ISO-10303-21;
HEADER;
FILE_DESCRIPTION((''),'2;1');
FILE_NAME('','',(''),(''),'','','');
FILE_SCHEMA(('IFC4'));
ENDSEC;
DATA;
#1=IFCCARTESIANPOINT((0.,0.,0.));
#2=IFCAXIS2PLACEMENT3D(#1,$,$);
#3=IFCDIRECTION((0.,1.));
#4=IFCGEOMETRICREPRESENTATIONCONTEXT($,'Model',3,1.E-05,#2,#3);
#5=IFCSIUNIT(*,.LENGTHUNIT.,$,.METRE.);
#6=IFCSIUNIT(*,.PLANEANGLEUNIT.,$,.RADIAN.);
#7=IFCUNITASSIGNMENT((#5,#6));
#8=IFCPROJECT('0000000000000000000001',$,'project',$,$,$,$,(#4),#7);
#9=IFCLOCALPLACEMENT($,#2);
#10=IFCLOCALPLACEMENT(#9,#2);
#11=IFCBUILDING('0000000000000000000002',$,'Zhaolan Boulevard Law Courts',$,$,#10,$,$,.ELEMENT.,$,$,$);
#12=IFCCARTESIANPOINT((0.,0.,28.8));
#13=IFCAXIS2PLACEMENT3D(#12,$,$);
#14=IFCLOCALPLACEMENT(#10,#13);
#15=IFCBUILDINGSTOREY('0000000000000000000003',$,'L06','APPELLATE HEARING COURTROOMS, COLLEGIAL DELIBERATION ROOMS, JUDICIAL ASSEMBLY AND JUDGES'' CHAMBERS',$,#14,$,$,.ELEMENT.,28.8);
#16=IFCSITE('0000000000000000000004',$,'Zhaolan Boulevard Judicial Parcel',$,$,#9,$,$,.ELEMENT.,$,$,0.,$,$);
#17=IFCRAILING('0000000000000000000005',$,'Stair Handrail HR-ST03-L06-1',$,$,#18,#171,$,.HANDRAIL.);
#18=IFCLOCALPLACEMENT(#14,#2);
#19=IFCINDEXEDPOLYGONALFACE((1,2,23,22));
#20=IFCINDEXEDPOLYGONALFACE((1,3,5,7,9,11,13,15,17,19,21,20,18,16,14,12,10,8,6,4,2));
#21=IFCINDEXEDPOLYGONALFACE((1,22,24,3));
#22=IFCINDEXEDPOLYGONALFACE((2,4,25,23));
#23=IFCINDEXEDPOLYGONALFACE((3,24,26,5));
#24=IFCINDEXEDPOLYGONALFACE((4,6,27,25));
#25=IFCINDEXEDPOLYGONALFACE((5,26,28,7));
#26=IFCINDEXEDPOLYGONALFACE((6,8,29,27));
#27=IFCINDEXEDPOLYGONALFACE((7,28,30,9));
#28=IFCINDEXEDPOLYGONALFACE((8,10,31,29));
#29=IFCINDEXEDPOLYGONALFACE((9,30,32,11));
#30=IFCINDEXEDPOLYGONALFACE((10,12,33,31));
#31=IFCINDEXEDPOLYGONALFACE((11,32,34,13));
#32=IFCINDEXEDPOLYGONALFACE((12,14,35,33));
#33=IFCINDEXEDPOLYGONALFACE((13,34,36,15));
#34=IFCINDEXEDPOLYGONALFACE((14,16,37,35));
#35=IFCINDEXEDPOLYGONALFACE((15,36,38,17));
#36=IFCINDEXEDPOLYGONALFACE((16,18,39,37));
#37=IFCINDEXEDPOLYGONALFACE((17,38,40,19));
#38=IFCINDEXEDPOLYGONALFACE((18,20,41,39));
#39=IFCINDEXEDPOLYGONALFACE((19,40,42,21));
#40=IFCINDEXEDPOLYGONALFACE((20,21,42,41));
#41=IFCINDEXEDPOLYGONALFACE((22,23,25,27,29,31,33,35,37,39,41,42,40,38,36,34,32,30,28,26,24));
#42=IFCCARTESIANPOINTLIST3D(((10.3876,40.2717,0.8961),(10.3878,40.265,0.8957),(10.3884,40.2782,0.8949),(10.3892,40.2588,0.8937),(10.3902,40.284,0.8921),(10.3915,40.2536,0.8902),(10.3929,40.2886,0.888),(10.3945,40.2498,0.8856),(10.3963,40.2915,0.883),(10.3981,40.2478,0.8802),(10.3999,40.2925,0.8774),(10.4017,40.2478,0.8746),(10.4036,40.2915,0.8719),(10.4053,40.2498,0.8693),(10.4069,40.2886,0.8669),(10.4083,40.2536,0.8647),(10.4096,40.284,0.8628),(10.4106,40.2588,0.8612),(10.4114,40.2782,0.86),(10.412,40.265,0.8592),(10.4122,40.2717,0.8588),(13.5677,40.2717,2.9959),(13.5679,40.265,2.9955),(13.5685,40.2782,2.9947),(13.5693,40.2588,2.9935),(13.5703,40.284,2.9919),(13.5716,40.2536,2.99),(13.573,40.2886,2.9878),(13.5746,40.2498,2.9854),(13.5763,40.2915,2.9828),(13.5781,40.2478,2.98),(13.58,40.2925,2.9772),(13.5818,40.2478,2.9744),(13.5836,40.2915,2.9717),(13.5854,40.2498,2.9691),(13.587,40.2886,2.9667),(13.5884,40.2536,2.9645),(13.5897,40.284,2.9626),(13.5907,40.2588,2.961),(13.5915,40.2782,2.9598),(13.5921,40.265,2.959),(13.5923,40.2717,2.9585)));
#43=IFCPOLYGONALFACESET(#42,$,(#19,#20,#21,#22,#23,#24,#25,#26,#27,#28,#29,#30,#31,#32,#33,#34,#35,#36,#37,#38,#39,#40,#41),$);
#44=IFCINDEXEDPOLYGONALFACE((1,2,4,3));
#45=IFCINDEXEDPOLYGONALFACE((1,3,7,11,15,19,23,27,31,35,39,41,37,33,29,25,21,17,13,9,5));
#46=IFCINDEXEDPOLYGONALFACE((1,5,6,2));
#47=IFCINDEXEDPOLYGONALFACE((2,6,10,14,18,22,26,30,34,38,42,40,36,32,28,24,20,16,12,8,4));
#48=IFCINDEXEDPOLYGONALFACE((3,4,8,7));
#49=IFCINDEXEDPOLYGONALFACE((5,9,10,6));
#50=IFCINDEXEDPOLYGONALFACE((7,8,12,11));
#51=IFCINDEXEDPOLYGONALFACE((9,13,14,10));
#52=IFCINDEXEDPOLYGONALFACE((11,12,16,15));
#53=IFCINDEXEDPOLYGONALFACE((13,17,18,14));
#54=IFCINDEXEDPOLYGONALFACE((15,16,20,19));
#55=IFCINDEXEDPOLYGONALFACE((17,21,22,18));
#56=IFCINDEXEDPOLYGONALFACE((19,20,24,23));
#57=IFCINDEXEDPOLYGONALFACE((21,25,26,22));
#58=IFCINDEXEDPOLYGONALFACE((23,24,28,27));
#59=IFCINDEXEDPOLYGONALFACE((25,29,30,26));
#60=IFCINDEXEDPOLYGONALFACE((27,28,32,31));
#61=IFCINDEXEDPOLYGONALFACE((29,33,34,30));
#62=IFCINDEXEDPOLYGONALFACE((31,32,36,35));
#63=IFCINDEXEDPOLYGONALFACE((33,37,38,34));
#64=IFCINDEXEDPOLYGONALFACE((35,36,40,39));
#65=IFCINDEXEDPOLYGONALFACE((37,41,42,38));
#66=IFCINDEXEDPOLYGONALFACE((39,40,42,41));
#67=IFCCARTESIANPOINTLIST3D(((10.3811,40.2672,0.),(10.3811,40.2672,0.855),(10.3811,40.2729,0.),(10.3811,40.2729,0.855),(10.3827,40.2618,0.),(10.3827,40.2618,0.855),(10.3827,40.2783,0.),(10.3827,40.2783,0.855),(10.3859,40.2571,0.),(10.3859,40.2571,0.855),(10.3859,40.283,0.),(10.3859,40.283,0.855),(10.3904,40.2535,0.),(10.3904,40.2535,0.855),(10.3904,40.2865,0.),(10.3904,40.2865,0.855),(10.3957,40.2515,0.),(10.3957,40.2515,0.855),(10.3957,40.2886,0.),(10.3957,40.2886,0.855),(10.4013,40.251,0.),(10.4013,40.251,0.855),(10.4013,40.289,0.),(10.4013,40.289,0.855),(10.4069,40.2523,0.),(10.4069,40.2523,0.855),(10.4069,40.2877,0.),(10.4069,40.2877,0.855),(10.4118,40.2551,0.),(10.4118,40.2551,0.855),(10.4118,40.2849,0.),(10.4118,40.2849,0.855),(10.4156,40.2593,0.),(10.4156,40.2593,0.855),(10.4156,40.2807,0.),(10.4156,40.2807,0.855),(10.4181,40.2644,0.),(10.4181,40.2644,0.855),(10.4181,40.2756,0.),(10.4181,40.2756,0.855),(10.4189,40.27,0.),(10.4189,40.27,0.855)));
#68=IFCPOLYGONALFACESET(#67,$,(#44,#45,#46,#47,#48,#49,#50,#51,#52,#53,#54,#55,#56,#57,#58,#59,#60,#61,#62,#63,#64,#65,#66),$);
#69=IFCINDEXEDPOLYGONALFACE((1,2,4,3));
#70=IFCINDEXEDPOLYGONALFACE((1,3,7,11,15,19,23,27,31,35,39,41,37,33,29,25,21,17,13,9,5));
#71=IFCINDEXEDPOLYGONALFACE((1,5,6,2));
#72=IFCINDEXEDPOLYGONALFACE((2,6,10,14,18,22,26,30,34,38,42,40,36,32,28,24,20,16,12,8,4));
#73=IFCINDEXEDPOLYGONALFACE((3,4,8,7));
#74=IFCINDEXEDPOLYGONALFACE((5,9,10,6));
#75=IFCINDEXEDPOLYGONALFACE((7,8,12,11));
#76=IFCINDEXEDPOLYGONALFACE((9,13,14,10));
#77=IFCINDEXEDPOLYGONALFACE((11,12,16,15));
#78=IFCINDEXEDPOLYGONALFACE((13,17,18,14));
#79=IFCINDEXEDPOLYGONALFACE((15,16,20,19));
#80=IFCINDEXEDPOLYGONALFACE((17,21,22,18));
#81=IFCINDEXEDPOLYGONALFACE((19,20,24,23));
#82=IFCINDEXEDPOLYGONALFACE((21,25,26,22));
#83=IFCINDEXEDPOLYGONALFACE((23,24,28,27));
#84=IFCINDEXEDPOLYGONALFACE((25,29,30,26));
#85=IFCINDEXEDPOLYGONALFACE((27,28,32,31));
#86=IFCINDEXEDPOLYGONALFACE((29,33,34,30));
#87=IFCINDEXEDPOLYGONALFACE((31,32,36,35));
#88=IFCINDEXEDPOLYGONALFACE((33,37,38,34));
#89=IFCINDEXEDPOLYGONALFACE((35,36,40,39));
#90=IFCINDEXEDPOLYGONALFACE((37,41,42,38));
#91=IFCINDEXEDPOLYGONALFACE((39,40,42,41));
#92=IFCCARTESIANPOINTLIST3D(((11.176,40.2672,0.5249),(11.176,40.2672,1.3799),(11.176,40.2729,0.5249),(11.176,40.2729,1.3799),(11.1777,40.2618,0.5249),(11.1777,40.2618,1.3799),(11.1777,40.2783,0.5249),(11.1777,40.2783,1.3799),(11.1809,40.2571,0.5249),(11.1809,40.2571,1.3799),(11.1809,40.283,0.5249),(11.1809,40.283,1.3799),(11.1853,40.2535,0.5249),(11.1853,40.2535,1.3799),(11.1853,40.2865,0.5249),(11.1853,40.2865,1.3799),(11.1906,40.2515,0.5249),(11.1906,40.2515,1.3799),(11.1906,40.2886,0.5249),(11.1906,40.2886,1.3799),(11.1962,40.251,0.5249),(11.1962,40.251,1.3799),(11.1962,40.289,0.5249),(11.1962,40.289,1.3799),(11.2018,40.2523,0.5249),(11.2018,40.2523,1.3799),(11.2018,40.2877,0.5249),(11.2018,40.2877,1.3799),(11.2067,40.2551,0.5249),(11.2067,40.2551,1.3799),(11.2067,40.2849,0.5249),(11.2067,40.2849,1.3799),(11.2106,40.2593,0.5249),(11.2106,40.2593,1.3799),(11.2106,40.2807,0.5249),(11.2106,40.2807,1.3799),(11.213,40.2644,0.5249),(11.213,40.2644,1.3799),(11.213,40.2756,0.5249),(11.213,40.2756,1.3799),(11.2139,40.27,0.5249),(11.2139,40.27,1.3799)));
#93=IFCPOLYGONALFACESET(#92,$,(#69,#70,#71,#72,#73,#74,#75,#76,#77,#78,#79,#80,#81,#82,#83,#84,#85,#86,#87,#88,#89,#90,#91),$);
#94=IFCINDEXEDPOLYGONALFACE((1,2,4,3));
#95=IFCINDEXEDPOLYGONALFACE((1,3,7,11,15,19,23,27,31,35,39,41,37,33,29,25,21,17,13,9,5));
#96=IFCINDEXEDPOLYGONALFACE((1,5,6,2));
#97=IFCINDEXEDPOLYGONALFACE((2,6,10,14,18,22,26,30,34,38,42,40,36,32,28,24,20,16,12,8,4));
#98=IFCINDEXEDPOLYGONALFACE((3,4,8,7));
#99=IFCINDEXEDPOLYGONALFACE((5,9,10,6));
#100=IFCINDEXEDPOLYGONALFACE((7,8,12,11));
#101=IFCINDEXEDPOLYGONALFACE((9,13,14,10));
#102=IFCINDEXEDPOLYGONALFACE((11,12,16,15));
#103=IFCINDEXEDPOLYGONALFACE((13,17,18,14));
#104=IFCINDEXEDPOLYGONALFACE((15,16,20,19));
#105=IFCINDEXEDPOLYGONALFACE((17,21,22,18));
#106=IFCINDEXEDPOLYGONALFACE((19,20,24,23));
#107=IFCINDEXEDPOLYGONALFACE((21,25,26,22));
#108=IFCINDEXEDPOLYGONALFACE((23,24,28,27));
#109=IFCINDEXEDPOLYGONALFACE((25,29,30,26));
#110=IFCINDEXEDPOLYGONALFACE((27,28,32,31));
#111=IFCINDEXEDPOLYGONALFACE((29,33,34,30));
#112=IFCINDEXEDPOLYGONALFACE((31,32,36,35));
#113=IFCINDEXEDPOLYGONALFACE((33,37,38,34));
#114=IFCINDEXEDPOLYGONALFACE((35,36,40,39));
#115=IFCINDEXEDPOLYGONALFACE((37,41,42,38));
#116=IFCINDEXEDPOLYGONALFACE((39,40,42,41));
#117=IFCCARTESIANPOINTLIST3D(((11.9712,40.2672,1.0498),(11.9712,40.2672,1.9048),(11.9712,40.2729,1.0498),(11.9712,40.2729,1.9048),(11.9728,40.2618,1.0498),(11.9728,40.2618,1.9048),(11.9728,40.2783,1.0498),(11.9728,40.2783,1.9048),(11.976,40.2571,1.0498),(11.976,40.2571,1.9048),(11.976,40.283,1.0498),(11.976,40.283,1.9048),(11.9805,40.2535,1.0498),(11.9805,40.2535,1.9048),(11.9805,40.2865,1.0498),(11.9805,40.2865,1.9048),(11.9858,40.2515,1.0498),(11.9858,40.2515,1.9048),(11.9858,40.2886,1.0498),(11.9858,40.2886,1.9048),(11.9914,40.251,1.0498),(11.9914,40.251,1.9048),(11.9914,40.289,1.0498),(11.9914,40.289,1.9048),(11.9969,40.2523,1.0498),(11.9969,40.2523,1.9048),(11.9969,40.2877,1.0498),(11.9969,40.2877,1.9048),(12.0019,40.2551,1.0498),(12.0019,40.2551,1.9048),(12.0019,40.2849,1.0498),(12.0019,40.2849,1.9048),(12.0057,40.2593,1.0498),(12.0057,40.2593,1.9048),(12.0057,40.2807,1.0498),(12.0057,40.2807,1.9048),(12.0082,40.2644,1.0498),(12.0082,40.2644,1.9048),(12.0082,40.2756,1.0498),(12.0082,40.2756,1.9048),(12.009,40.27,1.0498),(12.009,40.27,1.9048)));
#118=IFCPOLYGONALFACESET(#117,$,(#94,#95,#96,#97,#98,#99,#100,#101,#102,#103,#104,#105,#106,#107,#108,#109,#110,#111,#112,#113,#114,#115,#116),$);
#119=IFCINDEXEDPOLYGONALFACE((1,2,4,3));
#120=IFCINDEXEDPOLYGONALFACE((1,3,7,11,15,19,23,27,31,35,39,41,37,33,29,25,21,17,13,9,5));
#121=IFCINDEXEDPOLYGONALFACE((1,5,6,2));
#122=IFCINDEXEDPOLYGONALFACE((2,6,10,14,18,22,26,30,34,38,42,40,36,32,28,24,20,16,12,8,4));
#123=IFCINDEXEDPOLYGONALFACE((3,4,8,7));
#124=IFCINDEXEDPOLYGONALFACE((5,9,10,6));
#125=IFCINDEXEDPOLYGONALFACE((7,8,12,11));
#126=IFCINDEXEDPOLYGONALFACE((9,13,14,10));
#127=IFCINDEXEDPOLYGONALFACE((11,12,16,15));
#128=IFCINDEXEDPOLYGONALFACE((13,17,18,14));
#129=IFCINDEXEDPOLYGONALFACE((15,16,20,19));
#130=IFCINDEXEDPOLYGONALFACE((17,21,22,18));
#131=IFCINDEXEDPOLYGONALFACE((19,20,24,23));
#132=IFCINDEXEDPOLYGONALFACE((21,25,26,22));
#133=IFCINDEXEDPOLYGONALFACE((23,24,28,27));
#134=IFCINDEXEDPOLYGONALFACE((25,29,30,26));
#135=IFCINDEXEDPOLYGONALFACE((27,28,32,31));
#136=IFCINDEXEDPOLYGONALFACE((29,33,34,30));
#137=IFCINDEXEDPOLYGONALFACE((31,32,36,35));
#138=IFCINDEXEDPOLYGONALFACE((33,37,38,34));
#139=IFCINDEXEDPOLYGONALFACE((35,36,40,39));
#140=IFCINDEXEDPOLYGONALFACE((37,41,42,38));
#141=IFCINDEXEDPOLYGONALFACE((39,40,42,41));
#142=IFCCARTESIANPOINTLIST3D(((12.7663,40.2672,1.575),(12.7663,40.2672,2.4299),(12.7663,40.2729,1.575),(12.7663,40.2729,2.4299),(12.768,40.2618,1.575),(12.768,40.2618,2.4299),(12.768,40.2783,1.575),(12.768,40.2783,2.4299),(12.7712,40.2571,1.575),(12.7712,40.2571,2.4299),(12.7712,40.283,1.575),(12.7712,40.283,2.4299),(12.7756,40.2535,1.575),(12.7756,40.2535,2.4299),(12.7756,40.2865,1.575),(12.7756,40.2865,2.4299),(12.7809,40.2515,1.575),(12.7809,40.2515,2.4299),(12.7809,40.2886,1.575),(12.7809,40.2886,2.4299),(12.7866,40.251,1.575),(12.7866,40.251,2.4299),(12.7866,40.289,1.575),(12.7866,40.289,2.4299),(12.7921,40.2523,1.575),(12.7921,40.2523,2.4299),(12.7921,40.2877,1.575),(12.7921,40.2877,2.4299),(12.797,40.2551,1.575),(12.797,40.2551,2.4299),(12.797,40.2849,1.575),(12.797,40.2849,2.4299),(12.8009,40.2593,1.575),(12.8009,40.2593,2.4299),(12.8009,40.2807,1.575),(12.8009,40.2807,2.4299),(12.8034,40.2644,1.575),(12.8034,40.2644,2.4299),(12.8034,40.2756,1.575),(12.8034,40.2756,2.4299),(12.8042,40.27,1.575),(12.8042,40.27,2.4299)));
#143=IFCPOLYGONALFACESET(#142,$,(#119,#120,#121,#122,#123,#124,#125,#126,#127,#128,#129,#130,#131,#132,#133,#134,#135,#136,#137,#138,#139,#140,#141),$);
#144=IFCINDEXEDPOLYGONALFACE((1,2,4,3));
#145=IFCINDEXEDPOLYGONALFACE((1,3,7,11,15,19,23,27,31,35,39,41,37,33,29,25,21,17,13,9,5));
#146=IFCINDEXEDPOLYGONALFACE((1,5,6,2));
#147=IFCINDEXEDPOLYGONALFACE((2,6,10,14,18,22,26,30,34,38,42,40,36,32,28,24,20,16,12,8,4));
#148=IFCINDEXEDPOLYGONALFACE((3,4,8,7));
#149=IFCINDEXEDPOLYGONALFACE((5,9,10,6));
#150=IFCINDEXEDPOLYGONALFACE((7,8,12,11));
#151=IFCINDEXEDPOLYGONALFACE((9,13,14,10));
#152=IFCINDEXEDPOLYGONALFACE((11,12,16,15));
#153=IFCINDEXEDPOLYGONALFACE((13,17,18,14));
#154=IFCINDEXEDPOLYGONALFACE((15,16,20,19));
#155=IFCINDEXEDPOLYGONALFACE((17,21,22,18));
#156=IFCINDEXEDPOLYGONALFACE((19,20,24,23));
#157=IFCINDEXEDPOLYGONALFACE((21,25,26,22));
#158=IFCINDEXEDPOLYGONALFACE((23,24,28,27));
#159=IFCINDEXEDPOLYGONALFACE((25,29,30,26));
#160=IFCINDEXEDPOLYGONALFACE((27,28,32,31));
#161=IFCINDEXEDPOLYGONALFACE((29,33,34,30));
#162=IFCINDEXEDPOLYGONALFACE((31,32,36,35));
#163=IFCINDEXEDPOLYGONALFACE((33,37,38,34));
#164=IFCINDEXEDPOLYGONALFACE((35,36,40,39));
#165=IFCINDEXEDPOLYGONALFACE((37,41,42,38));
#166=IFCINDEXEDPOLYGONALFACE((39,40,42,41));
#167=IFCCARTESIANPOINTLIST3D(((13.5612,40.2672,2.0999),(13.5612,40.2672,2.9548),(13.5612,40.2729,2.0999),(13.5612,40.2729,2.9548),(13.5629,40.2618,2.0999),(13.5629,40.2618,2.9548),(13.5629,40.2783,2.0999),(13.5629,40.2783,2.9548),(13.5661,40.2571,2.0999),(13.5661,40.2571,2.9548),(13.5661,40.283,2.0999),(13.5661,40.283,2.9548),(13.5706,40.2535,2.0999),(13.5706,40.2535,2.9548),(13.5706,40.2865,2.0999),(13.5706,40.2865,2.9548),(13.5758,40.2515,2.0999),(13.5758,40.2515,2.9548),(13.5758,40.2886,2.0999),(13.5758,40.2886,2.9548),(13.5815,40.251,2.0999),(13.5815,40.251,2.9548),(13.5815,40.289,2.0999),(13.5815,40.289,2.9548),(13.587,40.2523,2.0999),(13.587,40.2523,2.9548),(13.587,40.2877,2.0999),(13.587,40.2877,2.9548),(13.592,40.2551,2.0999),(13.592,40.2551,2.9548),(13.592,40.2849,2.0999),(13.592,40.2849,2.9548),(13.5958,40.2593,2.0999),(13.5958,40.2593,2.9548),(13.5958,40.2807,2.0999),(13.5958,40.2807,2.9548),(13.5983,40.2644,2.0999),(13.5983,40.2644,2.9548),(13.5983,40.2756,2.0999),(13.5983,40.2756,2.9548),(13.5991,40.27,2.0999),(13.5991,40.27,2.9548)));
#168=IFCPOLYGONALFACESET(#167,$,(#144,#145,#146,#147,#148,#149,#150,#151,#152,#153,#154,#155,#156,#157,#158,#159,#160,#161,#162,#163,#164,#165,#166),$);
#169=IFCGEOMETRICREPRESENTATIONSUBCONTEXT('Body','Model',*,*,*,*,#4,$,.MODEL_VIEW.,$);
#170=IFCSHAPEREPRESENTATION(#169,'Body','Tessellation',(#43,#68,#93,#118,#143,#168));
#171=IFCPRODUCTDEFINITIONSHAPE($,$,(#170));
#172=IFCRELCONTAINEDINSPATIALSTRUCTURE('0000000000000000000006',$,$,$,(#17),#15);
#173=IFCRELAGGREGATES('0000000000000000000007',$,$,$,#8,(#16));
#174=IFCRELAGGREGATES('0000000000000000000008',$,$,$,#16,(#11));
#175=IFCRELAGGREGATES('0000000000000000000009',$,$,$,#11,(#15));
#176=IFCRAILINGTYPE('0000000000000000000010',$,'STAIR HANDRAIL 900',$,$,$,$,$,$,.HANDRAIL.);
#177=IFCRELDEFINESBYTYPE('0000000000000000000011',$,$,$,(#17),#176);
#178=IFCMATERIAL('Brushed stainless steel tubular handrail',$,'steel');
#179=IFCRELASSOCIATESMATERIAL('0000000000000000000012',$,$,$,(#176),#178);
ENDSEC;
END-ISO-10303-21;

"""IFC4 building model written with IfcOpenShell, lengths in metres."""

from ifc_helpers import new_model, si_unit, direction, frame, origin, origin_2d, place, context, subcontext, project, spatial, circle, extrude, material, type_object, element, save


model = new_model("IFC4")

# Units and contexts
model_context = context("Model", 3, precision=1e-05, world=origin(), true_north=direction((0.0, 1.0)))
body_context = subcontext(model_context, "Body", "Model", "MODEL_VIEW")
ifc_project = project(units=[si_unit("LENGTHUNIT", "METRE"), si_unit("PLANEANGLEUNIT", "RADIAN")], contexts=[model_context])

# Site, building, storey
site_placement = place(None, origin())
site = spatial("IfcSite", under=ifc_project, at=site_placement, Name="Zhaolan Boulevard Judicial Parcel", CompositionType="ELEMENT", RefElevation=0.0)
building_placement = place(site_placement, origin())
building = spatial("IfcBuilding", under=site, at=building_placement, Name="Zhaolan Boulevard Law Courts", CompositionType="ELEMENT")
storey_placement = place(building_placement, frame((0.0, 0.0, 28.8)))
storey = spatial("IfcBuildingStorey", under=building, at=storey_placement, Name="L06", Description="APPELLATE HEARING COURTROOMS, COLLEGIAL DELIBERATION ROOMS, JUDICIAL ASSEMBLY AND JUDGES' CHAMBERS", CompositionType="ELEMENT", Elevation=28.8)

# Railing
ifc_material_1 = material(Name="Brushed stainless steel tubular handrail", Category="steel")
railing_type_1 = type_object("IfcRailingType", Name="STAIR HANDRAIL 900", PredefinedType="HANDRAIL", material=ifc_material_1)
railing_1_placement = place(storey_placement, frame((10.3999, 40.27, 0.0)))
element("IfcRailing", 1, at=railing_1_placement, inside=storey, type_object=railing_type_1, Name="Stair Handrail HR-ST03-L06-1", PredefinedType="HANDRAIL", context=body_context, shape_type="SweptSolid", body=[
    extrude(circle(Radius=0.0225, at=origin_2d()), frame((0.0, 0.0, 0.8774), z_axis=(0.834496, 0.0, 0.551014), x_axis=(0.0, 1.0, 0.0)), (0.0, 0.0, 1.0), 3.8108),
    extrude(circle(Radius=0.019, at=origin_2d()), origin(), (0.0, 0.0, 1.0), 0.855),
    extrude(circle(Radius=0.019, at=origin_2d()), frame((0.7949, 0.0, 0.5249)), (0.0, 0.0, 1.0), 0.855),
    extrude(circle(Radius=0.019, at=origin_2d()), frame((1.5901, 0.0, 1.0498)), (0.0, 0.0, 1.0), 0.855),
    extrude(circle(Radius=0.019, at=origin_2d()), frame((2.3853, 0.0, 1.575)), (0.0, 0.0, 1.0), 0.855),
    extrude(circle(Radius=0.019, at=origin_2d()), frame((3.1802, 0.0, 2.0999)), (0.0, 0.0, 1.0), 0.855),
])

save(model, "model.ifc")
